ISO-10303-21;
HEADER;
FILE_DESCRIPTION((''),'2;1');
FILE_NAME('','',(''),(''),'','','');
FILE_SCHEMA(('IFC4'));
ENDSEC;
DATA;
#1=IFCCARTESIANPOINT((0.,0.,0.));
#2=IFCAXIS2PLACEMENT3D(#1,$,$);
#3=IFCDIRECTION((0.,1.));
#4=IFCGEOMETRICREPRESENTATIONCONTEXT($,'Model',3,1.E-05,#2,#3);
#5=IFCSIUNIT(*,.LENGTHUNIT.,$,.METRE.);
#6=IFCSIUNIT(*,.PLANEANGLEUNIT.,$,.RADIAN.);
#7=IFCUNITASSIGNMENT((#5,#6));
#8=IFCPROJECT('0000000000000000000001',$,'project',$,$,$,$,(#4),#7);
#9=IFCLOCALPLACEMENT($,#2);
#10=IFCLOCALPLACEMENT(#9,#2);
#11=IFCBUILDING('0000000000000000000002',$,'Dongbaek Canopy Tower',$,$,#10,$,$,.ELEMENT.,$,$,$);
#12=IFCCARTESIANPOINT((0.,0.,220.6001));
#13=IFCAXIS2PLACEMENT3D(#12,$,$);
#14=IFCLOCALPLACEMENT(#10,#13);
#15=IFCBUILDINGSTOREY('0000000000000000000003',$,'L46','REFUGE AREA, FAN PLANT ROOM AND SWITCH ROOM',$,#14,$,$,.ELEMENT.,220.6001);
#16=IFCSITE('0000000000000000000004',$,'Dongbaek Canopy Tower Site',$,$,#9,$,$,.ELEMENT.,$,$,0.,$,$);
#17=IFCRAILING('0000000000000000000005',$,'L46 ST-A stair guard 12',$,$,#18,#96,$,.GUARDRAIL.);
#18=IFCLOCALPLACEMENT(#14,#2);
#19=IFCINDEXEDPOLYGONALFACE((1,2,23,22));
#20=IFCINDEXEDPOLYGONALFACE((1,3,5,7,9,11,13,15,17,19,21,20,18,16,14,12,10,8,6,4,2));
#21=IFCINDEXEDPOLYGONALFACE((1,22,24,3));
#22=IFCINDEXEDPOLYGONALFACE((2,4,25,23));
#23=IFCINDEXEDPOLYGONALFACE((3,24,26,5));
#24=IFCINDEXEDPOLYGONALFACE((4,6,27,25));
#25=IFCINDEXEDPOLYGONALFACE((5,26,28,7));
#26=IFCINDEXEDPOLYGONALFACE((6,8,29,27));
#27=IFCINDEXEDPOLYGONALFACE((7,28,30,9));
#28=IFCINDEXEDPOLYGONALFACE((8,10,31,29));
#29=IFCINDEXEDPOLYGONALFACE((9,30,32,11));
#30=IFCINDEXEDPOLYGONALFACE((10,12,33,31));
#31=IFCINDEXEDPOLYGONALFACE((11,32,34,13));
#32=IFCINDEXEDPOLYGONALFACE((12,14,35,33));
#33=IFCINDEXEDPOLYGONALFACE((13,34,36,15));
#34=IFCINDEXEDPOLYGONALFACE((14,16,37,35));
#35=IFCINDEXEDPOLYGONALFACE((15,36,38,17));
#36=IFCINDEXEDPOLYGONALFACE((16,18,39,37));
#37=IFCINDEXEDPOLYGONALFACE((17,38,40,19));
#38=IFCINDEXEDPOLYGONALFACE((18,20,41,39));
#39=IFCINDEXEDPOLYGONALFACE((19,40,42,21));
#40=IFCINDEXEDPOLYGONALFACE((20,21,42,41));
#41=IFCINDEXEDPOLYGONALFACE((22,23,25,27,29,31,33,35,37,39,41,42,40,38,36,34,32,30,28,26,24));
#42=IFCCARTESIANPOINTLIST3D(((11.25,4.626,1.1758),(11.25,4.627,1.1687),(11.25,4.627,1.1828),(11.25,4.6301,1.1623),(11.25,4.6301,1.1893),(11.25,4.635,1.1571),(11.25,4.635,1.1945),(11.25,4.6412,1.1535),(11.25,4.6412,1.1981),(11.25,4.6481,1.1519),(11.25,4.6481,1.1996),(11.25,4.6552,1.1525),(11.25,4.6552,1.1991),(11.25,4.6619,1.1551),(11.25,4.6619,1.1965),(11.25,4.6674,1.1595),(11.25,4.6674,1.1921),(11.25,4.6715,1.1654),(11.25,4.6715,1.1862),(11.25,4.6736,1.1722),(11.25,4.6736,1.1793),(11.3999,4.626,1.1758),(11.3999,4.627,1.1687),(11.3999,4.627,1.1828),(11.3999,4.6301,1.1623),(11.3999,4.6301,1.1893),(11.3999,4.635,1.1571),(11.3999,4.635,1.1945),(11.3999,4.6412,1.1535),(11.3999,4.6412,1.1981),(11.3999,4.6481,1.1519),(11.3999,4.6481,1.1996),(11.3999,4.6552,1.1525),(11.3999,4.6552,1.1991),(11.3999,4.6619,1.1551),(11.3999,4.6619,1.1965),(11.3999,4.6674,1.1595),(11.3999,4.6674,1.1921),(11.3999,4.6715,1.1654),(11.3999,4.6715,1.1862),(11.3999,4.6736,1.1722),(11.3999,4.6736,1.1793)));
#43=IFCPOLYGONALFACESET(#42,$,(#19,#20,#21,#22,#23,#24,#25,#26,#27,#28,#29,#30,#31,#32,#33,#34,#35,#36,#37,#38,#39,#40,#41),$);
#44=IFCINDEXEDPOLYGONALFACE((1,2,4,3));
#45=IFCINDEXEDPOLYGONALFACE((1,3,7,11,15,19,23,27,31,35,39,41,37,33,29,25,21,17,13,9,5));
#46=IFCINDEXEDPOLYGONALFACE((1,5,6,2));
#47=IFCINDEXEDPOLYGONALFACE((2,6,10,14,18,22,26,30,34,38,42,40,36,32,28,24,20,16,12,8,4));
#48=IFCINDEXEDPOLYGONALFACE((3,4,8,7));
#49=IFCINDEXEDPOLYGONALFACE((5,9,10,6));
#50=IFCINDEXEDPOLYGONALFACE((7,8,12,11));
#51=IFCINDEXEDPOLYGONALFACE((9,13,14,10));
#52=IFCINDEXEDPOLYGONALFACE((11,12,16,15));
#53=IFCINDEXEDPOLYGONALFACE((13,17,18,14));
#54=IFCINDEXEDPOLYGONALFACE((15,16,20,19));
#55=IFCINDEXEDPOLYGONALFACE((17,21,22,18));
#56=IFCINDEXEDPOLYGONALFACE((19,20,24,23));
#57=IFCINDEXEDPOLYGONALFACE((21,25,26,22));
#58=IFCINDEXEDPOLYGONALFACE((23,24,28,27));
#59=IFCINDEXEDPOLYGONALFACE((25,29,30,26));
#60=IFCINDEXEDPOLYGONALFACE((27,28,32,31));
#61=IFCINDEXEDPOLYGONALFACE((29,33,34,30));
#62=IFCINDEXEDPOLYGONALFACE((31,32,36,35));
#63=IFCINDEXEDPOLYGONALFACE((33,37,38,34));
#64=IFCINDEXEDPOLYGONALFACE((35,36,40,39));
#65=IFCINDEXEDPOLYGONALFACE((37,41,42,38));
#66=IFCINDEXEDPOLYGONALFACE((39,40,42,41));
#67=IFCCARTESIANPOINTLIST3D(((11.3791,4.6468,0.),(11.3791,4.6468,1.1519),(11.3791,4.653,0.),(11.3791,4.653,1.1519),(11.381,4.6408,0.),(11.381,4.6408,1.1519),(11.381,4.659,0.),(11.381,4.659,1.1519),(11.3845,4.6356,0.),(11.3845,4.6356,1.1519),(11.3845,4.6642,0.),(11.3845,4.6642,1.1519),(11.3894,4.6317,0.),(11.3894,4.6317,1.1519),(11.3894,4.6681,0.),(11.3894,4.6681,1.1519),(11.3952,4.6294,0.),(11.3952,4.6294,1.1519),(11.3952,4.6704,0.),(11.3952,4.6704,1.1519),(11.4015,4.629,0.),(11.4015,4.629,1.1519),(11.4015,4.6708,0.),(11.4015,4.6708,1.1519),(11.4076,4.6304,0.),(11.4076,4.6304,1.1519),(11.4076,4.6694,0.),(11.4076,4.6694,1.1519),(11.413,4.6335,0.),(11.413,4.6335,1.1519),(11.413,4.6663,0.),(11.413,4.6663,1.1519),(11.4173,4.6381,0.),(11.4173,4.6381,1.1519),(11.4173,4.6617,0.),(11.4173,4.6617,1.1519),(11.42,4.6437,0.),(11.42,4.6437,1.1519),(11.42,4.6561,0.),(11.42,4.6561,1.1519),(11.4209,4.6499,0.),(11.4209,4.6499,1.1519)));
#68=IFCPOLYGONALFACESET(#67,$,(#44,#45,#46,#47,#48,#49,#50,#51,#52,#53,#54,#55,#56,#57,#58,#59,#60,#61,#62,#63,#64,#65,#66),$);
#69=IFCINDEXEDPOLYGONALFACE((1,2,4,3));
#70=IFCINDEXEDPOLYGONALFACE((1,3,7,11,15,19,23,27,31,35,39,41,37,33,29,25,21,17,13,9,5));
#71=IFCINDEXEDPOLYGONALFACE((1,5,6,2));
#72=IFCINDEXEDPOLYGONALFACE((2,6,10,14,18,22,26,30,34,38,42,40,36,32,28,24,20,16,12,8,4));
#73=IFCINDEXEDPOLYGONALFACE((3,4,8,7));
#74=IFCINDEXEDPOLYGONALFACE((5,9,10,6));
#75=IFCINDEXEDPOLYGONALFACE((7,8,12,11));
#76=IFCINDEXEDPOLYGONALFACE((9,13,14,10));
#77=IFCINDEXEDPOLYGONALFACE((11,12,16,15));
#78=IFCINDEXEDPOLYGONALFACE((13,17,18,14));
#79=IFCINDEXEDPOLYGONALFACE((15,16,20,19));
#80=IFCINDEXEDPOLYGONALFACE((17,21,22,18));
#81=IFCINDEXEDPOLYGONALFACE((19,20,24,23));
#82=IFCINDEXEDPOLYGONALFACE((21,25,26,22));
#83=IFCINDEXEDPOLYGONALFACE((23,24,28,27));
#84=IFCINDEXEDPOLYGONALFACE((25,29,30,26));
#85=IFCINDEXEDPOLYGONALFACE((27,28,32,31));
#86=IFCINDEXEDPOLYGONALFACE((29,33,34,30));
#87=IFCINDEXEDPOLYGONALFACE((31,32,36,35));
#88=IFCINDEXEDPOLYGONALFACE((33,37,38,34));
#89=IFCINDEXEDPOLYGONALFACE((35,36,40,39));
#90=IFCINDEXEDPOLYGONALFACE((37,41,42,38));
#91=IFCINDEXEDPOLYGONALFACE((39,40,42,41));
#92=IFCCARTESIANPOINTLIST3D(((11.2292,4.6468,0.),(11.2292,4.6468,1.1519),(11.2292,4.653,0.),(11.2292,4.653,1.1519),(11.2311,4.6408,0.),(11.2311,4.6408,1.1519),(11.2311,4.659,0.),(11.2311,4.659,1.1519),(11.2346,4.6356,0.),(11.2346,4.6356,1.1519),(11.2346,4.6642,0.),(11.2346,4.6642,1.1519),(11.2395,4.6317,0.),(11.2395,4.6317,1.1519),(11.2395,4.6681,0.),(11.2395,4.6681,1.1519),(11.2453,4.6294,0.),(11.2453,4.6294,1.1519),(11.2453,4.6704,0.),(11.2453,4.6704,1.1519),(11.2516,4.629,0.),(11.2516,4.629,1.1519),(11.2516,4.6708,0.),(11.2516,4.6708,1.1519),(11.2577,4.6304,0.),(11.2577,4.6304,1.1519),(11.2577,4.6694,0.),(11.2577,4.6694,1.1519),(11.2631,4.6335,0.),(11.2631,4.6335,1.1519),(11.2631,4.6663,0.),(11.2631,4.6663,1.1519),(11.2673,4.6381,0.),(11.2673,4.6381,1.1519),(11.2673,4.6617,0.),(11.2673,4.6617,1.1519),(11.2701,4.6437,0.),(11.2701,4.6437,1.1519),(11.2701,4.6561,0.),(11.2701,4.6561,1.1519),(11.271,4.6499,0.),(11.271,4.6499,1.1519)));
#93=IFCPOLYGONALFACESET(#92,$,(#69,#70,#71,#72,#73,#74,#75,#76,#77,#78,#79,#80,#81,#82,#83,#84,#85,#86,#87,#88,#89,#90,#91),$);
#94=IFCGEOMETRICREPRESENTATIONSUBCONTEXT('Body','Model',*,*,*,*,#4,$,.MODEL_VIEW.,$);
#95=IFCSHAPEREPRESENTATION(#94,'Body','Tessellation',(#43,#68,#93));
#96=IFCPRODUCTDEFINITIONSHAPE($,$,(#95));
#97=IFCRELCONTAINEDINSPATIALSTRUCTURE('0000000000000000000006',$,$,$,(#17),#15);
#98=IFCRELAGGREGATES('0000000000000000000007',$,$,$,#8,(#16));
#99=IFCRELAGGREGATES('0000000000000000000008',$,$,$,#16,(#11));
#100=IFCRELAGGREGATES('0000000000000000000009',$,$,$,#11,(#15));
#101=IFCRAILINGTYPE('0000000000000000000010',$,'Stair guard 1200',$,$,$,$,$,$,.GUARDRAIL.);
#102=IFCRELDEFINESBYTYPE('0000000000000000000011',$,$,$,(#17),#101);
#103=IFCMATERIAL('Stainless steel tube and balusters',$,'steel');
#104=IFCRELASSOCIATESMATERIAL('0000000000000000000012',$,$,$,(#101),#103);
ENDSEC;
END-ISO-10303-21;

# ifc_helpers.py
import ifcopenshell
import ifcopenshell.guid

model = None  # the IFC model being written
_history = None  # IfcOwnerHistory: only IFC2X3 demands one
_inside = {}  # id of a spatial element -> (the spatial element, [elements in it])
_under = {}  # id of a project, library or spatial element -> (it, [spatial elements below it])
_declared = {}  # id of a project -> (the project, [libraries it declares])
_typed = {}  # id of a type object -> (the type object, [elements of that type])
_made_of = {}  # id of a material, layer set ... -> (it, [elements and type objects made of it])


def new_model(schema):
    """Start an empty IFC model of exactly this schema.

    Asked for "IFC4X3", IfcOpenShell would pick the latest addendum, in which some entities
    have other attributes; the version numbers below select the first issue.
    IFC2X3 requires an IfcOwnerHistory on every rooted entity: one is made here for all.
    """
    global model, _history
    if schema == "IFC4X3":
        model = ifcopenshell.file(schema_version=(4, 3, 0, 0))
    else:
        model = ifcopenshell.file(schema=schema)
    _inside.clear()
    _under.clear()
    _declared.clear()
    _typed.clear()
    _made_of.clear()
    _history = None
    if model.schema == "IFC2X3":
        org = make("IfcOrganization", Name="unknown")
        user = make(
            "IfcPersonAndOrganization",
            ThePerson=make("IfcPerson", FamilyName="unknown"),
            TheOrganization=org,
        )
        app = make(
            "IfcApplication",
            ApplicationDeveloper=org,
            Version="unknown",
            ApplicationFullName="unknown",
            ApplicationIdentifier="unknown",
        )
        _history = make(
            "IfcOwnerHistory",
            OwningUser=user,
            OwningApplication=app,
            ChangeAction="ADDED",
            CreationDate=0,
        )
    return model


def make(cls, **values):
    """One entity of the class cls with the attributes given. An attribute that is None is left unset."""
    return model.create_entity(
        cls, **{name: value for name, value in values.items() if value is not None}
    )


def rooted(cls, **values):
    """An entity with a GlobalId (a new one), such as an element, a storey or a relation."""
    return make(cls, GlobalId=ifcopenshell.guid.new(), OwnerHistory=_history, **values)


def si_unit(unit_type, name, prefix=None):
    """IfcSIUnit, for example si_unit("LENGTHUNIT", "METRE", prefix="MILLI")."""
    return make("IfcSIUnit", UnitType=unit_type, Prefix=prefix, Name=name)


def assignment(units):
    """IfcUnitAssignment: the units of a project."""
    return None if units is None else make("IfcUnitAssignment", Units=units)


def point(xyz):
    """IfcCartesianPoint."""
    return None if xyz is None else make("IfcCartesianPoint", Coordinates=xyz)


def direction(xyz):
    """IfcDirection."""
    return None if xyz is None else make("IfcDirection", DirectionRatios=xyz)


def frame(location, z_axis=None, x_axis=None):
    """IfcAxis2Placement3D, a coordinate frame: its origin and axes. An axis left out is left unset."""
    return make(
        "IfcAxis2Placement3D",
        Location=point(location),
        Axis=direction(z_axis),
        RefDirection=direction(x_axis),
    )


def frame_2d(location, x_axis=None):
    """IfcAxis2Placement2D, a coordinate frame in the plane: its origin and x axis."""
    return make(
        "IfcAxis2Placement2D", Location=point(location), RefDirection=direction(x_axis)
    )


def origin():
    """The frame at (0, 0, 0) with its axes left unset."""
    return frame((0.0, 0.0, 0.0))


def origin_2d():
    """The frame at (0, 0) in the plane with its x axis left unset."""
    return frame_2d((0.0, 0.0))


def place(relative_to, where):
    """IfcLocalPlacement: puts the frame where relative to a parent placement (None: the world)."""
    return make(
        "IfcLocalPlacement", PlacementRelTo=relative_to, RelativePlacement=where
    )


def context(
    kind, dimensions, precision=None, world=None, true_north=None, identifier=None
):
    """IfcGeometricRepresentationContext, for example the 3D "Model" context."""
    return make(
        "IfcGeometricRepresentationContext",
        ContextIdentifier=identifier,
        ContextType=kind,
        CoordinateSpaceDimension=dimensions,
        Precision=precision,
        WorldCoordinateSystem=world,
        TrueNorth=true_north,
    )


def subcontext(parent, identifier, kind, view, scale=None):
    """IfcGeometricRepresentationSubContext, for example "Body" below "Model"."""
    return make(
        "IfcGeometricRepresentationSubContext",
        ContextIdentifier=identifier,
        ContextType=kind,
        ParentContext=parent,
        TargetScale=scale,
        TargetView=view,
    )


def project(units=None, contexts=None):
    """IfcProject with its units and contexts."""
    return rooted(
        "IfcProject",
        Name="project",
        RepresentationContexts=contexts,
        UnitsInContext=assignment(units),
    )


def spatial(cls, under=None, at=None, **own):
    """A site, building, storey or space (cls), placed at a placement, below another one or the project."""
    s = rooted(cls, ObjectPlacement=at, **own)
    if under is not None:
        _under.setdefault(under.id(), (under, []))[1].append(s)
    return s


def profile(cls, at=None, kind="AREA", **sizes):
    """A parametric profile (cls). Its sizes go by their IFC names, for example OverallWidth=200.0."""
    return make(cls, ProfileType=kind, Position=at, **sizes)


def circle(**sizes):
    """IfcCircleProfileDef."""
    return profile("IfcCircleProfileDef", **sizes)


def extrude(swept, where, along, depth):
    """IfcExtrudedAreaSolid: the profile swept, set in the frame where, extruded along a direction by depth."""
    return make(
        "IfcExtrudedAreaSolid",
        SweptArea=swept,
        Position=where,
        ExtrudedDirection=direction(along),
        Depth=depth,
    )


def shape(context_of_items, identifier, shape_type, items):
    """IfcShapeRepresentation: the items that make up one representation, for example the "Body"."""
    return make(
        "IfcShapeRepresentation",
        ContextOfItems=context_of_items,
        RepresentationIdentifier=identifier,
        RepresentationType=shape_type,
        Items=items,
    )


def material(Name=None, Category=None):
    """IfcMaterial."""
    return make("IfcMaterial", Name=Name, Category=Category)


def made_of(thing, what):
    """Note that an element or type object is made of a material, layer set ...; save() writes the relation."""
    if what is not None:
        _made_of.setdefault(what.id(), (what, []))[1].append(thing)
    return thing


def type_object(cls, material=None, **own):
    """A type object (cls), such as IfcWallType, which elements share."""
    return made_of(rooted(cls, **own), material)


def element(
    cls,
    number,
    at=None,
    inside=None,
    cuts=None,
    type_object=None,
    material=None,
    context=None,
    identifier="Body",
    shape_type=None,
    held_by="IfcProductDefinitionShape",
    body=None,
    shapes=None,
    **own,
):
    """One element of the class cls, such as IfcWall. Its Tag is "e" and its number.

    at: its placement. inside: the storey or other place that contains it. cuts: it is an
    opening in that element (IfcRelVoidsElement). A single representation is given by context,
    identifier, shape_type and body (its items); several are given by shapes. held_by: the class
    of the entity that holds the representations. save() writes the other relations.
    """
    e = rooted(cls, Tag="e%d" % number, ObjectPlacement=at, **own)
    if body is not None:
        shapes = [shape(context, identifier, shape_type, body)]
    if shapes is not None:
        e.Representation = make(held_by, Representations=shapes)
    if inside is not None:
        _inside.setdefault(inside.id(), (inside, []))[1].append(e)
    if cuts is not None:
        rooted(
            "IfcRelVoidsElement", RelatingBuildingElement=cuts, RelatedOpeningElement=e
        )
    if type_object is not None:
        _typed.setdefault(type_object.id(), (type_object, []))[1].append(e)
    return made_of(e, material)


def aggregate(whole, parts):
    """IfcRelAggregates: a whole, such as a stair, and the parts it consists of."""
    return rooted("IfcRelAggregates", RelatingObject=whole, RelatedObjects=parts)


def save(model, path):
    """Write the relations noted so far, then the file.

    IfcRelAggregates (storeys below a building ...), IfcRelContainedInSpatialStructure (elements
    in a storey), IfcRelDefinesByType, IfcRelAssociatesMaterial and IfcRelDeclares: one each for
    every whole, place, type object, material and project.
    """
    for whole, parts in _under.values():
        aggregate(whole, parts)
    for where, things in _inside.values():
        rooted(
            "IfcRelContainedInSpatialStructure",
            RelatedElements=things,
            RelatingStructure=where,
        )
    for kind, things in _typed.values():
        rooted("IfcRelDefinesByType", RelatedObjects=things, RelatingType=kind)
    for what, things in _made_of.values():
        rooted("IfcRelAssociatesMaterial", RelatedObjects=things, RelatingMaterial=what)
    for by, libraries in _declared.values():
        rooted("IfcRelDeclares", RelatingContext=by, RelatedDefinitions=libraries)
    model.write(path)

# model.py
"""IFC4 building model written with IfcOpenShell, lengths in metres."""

from ifc_helpers import new_model, si_unit, direction, frame, origin, origin_2d, place, context, subcontext, project, spatial, circle, extrude, material, type_object, element, save


model = new_model("IFC4")

# Units and contexts
model_context = context("Model", 3, precision=1e-05, world=origin(), true_north=direction((0.0, 1.0)))
body_context = subcontext(model_context, "Body", "Model", "MODEL_VIEW")
ifc_project = project(units=[si_unit("LENGTHUNIT", "METRE"), si_unit("PLANEANGLEUNIT", "RADIAN")], contexts=[model_context])

# Site, building, storey
site_placement = place(None, origin())
site = spatial("IfcSite", under=ifc_project, at=site_placement, Name="Dongbaek Canopy Tower Site", CompositionType="ELEMENT", RefElevation=0.0)
building_placement = place(site_placement, origin())
building = spatial("IfcBuilding", under=site, at=building_placement, Name="Dongbaek Canopy Tower", CompositionType="ELEMENT")
storey_placement = place(building_placement, frame((0.0, 0.0, 220.6001)))
storey = spatial("IfcBuildingStorey", under=building, at=storey_placement, Name="L46", Description="REFUGE AREA, FAN PLANT ROOM AND SWITCH ROOM", CompositionType="ELEMENT", Elevation=220.6001)

# Railing
ifc_material_1 = material(Name="Stainless steel tube and balusters", Category="steel")
railing_type_1 = type_object("IfcRailingType", Name="Stair guard 1200", PredefinedType="GUARDRAIL", material=ifc_material_1)
railing_1_placement = place(storey_placement, frame((11.3999, 4.6499, 0.0)))
element("IfcRailing", 1, at=railing_1_placement, inside=storey, type_object=railing_type_1, Name="L46 ST-A stair guard 12", PredefinedType="GUARDRAIL", context=body_context, shape_type="SweptSolid", body=[
    extrude(circle(Radius=0.0239, at=origin_2d()), frame((0.0, 0.0, 1.1758), z_axis=(-1.0, 0.0, 0.0), x_axis=(0.0, -1.0, 0.0)), (0.0, 0.0, 1.0), 0.1499),
    extrude(circle(Radius=0.021, at=origin_2d()), origin(), (0.0, 0.0, 1.0), 1.1519),
    extrude(circle(Radius=0.021, at=origin_2d()), frame((-0.1499, 0.0, 0.0)), (0.0, 0.0, 1.0), 1.1519),
])

save(model, "model.ifc")
